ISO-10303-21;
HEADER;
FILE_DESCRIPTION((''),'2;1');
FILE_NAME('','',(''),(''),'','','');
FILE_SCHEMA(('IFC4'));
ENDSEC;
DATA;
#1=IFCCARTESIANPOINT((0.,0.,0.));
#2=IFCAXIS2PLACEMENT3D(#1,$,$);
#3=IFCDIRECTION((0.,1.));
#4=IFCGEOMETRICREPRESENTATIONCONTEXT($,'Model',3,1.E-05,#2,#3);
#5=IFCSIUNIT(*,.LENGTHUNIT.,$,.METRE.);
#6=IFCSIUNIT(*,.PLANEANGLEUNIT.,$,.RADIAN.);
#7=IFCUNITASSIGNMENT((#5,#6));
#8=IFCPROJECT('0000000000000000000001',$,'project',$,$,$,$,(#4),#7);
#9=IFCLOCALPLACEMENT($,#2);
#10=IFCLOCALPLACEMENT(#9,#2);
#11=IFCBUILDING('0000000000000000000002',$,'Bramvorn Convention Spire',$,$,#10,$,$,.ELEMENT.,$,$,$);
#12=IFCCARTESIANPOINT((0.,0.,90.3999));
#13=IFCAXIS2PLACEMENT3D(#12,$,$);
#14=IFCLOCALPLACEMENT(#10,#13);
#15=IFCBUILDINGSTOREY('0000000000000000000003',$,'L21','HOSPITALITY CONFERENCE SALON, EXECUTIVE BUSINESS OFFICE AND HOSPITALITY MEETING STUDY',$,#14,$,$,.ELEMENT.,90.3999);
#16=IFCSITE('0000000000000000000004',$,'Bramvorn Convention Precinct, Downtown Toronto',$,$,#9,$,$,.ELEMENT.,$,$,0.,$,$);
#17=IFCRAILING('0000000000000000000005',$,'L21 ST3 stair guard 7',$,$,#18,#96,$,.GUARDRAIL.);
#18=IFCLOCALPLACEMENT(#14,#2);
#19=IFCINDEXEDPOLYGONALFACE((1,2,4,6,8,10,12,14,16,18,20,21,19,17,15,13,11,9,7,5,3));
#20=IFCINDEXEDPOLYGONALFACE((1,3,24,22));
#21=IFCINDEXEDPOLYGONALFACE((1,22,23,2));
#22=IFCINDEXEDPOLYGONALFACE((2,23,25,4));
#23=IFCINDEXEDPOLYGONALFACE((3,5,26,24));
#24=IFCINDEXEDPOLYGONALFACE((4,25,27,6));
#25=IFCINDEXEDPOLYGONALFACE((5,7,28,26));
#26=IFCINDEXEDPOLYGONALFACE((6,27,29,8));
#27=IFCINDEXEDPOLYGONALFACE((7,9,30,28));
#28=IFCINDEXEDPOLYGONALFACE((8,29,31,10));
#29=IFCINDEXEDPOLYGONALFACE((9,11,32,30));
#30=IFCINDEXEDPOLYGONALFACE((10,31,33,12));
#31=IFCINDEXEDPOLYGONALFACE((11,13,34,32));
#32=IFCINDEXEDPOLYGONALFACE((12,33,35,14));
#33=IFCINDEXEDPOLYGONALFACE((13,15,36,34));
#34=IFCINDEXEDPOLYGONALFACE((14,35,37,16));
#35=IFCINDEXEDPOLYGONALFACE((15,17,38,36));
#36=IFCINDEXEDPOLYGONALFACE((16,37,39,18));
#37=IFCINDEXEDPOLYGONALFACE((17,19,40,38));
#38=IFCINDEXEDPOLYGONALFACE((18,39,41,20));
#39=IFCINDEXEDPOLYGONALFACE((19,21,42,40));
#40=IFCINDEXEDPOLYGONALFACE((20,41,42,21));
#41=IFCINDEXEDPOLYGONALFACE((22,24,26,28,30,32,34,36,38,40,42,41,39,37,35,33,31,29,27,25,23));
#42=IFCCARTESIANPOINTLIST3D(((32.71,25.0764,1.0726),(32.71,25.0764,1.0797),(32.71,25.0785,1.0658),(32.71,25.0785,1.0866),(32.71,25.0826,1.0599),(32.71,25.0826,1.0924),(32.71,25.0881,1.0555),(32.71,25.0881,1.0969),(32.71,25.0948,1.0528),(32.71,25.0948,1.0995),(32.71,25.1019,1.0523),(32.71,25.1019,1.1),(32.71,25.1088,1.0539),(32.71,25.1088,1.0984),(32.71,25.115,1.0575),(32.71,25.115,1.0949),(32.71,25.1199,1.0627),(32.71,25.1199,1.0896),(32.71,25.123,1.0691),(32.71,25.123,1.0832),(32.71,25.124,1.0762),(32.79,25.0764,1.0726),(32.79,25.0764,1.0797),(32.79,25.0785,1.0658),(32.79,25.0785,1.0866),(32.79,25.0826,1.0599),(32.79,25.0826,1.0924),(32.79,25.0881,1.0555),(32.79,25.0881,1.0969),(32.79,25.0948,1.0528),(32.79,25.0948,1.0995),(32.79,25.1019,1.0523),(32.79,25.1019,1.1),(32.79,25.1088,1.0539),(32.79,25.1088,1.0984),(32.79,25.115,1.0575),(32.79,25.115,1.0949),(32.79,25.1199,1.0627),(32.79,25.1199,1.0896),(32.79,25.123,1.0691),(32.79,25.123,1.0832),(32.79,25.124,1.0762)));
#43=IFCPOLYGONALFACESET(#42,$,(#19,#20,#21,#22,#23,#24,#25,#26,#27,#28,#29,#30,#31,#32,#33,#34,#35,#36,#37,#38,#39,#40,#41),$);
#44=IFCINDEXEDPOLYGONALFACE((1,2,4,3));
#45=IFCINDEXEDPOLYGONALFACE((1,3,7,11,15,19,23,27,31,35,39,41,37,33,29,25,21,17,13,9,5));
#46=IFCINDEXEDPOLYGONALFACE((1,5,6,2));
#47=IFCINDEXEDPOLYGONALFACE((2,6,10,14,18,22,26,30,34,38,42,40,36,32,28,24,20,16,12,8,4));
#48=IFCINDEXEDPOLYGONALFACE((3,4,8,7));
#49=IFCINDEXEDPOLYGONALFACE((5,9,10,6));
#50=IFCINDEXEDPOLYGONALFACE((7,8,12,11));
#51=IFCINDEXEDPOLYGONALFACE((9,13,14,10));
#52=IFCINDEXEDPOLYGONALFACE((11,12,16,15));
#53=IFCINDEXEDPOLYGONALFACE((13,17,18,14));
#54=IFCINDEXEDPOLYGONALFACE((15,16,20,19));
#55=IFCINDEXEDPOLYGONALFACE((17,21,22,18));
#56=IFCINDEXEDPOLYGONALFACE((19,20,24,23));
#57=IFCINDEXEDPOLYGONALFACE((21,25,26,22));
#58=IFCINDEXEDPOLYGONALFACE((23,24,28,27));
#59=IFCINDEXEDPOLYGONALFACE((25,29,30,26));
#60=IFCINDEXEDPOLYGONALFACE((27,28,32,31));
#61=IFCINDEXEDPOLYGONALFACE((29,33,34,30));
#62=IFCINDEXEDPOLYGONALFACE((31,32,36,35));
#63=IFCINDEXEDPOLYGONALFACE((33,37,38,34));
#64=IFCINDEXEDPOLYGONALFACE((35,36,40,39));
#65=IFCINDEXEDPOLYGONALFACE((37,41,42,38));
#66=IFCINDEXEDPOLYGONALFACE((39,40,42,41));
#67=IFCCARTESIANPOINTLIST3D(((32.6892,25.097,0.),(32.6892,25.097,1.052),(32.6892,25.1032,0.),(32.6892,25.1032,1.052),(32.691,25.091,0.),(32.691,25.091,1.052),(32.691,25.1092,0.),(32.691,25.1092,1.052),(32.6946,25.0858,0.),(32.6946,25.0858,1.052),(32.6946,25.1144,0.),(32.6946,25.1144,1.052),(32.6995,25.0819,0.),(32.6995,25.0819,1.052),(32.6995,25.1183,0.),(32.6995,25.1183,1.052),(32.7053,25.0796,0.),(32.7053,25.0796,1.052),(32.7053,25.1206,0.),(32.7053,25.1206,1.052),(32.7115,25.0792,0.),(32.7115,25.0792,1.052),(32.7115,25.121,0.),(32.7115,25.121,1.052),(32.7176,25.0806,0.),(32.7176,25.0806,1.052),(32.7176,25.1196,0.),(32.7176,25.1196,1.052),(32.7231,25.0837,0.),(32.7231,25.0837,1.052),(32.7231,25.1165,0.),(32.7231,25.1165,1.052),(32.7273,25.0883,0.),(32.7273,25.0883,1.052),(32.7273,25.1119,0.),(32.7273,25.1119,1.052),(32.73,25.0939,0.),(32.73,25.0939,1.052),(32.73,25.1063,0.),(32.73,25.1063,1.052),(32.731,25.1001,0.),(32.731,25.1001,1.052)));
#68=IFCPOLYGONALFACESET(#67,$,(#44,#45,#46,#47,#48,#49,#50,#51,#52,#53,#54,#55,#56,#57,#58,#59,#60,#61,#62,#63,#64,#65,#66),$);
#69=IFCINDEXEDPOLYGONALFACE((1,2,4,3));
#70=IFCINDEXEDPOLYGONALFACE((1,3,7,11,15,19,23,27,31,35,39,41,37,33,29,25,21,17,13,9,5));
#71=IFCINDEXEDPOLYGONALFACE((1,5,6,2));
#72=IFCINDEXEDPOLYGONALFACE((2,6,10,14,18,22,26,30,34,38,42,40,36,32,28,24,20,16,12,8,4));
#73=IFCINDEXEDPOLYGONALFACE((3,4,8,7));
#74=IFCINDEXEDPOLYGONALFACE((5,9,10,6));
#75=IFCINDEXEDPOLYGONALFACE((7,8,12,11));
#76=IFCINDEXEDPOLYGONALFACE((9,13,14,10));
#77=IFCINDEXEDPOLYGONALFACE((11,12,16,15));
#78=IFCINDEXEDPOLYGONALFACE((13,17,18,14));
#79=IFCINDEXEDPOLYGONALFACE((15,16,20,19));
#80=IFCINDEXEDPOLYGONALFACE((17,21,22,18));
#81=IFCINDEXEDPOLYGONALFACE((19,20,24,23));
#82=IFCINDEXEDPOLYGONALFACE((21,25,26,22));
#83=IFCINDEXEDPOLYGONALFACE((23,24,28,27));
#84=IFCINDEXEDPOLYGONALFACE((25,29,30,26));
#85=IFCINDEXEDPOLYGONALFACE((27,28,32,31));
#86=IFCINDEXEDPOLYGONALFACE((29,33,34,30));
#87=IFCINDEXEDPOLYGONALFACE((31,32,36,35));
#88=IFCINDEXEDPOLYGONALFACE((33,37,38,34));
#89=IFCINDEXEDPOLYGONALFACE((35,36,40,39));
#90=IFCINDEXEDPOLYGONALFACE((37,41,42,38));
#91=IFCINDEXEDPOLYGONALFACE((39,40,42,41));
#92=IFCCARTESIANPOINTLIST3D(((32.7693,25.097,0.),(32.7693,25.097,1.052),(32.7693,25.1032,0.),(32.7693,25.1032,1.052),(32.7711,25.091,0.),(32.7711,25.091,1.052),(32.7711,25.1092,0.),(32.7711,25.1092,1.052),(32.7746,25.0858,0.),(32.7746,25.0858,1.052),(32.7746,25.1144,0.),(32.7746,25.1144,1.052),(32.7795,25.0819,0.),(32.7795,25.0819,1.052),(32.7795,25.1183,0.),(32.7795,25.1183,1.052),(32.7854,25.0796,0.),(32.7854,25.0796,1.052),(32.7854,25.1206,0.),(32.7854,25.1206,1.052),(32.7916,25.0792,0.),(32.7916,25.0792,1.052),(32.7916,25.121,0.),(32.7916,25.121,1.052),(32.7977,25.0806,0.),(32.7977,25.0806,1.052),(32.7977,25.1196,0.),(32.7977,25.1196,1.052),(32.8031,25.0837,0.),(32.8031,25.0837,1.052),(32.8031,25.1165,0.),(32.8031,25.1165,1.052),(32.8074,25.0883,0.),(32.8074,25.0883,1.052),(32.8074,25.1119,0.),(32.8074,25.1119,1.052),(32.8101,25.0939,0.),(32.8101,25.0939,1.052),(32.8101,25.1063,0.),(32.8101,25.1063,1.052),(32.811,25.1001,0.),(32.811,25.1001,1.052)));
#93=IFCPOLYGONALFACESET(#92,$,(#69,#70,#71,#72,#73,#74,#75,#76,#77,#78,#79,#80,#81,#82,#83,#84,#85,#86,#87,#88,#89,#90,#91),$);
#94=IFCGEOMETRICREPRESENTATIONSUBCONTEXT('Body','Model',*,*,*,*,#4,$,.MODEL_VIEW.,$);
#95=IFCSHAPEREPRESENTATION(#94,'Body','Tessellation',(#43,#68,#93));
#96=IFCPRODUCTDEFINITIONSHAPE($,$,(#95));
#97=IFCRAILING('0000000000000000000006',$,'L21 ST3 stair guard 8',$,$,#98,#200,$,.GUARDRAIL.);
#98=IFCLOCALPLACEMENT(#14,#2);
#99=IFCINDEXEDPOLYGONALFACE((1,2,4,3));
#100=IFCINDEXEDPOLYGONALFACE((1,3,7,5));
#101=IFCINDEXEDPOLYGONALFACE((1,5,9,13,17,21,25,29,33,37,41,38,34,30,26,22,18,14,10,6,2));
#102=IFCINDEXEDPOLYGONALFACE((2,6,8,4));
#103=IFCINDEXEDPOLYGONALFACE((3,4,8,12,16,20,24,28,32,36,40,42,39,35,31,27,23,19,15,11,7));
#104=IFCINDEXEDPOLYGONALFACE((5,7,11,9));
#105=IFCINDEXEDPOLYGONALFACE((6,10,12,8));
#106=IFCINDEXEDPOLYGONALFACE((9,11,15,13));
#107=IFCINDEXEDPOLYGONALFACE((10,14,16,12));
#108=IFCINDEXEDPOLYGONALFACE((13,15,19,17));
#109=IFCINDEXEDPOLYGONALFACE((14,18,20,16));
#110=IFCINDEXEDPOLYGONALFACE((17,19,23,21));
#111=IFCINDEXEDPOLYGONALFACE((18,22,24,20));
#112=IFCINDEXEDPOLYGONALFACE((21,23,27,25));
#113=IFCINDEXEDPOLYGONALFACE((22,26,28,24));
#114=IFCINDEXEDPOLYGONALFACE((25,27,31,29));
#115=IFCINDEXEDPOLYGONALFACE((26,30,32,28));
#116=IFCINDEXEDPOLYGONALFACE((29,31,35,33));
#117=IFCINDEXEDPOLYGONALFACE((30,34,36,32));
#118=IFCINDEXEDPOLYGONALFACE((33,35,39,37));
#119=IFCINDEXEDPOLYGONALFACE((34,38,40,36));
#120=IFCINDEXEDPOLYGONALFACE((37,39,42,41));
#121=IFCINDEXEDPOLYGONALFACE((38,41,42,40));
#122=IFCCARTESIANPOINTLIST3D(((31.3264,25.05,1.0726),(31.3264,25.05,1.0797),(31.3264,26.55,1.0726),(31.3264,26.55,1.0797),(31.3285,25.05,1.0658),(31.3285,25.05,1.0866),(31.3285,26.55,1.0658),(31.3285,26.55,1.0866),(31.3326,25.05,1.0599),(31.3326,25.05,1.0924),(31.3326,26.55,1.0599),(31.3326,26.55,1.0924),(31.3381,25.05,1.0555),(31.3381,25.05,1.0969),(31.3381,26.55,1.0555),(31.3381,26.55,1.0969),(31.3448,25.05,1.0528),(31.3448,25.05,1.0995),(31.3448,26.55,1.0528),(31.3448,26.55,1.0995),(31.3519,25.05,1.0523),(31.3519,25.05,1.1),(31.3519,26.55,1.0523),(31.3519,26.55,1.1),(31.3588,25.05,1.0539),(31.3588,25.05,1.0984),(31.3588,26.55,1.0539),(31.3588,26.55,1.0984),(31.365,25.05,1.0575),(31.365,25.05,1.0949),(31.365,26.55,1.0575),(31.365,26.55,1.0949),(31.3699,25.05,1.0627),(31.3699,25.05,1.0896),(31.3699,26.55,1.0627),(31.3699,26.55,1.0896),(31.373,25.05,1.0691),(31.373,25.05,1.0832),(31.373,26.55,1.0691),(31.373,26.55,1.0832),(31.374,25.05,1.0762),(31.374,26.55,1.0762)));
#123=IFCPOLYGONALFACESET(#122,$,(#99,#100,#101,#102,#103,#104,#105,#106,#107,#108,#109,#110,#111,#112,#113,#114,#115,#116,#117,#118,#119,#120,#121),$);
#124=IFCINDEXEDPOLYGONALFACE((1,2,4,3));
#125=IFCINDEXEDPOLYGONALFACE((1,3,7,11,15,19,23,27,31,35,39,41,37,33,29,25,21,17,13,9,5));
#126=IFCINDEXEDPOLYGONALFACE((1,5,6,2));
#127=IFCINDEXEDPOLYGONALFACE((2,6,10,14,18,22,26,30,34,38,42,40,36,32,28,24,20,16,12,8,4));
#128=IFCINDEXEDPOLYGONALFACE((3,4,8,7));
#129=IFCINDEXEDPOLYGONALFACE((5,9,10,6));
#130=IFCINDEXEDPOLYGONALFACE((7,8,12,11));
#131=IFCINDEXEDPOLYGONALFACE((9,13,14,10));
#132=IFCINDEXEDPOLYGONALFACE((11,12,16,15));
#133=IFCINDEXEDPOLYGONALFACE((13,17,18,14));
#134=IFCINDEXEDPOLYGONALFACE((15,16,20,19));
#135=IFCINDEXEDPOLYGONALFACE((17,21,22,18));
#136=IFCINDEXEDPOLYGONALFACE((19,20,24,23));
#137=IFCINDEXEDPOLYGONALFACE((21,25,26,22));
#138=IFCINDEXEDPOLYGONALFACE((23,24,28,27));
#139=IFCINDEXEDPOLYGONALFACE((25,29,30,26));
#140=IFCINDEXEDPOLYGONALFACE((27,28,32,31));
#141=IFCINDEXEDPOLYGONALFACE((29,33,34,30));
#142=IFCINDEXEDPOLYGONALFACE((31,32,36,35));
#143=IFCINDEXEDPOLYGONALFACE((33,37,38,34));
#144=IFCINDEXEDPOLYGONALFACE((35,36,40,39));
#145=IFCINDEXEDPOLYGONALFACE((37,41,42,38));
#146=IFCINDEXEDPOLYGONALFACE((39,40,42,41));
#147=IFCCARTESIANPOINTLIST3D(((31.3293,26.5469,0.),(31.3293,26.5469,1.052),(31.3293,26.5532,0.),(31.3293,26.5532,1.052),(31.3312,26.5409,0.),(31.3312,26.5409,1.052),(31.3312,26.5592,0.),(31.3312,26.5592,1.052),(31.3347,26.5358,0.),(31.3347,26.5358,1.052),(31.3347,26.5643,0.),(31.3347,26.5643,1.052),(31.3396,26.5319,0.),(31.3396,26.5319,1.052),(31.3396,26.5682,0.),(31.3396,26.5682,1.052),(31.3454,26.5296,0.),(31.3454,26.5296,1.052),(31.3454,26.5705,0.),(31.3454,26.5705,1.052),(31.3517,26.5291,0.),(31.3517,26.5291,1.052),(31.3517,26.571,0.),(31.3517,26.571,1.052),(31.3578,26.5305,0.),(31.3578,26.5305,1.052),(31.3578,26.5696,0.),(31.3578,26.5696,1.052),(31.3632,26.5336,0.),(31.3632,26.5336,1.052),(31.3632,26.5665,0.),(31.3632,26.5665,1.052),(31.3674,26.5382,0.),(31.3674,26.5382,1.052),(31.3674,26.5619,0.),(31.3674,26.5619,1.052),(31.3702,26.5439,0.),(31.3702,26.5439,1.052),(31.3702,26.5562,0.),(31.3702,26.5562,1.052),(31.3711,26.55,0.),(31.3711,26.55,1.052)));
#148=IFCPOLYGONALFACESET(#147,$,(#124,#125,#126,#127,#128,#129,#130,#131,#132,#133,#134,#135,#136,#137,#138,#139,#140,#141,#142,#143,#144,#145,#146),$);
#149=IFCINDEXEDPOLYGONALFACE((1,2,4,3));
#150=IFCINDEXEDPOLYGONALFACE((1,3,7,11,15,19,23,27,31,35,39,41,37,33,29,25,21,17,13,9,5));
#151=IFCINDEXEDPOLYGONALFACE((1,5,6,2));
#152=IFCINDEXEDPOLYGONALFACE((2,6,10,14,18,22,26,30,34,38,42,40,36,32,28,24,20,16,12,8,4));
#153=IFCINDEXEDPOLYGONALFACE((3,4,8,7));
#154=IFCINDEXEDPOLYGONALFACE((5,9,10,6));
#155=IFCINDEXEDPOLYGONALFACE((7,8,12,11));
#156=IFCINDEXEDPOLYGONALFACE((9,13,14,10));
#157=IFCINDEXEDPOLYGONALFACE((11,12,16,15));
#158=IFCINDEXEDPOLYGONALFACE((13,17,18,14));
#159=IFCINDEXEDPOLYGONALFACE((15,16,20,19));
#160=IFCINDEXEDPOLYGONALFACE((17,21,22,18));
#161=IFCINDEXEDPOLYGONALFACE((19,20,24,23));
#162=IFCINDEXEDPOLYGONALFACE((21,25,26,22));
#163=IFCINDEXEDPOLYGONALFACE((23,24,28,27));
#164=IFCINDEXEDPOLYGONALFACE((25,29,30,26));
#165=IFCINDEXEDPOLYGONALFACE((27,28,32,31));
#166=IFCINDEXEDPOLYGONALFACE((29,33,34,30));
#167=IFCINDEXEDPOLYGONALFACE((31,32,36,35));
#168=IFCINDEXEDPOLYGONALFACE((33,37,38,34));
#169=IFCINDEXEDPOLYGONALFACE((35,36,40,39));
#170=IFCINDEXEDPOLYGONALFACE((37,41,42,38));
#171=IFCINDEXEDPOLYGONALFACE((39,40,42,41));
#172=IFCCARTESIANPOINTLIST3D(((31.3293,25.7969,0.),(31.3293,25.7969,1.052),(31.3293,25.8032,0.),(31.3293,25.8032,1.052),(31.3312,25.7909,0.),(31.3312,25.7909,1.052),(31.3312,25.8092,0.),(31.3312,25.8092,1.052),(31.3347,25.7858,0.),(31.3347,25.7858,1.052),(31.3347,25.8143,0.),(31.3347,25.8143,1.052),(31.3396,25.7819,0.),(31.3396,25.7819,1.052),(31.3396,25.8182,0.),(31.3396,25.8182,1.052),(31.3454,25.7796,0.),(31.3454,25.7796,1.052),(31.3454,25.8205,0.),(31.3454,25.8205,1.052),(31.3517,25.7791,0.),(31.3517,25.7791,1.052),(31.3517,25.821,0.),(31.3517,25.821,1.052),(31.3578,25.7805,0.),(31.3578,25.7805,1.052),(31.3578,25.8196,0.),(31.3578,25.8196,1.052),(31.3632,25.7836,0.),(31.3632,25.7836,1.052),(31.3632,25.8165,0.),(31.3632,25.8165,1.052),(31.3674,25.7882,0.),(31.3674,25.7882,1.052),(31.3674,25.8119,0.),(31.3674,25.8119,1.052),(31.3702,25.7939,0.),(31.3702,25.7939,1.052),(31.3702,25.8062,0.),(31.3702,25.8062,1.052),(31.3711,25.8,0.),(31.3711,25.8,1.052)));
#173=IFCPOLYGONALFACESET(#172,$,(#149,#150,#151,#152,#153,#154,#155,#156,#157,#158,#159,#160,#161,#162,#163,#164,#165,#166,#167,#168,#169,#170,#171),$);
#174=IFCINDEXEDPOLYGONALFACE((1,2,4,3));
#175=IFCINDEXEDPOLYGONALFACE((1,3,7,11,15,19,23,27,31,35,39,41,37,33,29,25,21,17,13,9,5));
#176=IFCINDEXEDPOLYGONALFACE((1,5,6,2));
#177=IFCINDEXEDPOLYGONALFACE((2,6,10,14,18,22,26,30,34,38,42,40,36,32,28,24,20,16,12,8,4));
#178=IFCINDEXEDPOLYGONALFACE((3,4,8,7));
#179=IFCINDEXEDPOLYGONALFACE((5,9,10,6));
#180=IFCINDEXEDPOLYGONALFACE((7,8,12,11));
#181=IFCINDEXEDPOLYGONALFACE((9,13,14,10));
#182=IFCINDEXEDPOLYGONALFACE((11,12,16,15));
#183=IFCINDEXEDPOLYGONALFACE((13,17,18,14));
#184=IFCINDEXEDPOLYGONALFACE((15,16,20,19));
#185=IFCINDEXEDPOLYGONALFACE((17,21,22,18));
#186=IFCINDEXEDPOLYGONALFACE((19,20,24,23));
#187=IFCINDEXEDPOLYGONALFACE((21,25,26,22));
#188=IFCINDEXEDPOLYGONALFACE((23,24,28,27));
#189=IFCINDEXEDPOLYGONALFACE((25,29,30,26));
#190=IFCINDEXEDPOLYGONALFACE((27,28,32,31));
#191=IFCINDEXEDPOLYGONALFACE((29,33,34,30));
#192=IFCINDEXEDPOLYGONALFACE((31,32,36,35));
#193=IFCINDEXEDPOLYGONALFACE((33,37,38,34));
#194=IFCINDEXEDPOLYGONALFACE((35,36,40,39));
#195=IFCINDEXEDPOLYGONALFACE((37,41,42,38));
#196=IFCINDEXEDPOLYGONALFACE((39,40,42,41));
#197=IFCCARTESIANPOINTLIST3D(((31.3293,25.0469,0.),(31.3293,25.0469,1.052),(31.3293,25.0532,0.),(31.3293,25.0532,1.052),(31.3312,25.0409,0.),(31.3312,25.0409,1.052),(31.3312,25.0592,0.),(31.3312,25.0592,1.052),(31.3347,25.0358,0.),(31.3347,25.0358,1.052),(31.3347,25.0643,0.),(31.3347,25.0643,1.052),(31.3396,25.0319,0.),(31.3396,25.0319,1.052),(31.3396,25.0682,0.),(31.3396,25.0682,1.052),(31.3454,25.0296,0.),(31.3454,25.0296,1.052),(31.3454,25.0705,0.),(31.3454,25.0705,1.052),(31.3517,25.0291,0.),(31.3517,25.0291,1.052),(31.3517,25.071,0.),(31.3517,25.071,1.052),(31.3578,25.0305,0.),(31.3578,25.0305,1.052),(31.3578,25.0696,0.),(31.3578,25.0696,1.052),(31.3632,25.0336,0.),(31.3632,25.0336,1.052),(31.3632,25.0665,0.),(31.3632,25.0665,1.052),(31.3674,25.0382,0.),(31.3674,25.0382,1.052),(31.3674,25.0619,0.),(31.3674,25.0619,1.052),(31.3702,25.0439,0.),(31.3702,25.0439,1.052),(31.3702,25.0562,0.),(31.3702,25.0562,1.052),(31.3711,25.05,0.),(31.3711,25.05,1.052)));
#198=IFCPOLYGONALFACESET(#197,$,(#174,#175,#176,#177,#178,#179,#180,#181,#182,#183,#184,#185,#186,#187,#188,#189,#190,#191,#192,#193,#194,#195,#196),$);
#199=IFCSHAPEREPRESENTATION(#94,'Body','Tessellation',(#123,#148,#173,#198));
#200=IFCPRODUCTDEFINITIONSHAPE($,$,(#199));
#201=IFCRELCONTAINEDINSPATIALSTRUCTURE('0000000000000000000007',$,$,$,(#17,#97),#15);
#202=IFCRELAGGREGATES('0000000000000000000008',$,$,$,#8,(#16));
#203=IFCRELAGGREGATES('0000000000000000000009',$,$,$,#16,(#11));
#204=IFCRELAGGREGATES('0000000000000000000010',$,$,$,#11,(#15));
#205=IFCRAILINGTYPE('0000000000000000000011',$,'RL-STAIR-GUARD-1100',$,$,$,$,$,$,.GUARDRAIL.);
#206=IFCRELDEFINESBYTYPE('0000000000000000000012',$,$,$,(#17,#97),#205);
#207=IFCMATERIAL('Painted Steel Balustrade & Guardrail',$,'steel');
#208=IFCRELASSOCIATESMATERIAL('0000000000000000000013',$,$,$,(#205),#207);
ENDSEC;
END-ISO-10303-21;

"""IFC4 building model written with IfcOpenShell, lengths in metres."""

from ifc_helpers import new_model, si_unit, direction, frame, origin, origin_2d, place, context, subcontext, project, spatial, circle, extrude, material, type_object, element, save


model = new_model("IFC4")

# Units and contexts
model_context = context("Model", 3, precision=1e-05, world=origin(), true_north=direction((0.0, 1.0)))
body_context = subcontext(model_context, "Body", "Model", "MODEL_VIEW")
ifc_project = project(units=[si_unit("LENGTHUNIT", "METRE"), si_unit("PLANEANGLEUNIT", "RADIAN")], contexts=[model_context])

# Site, building, storey
site_placement = place(None, origin())
site = spatial("IfcSite", under=ifc_project, at=site_placement, Name="Bramvorn Convention Precinct, Downtown Toronto", CompositionType="ELEMENT", RefElevation=0.0)
building_placement = place(site_placement, origin())
building = spatial("IfcBuilding", under=site, at=building_placement, Name="Bramvorn Convention Spire", CompositionType="ELEMENT")
storey_placement = place(building_placement, frame((0.0, 0.0, 90.3999)))
storey = spatial("IfcBuildingStorey", under=building, at=storey_placement, Name="L21", Description="HOSPITALITY CONFERENCE SALON, EXECUTIVE BUSINESS OFFICE AND HOSPITALITY MEETING STUDY", CompositionType="ELEMENT", Elevation=90.3999)

# Railings
ifc_material_1 = material(Name="Painted Steel Balustrade & Guardrail", Category="steel")
railing_type_1 = type_object("IfcRailingType", Name="RL-STAIR-GUARD-1100", PredefinedType="GUARDRAIL", material=ifc_material_1)
railing_1_placement = place(storey_placement, frame((32.71, 25.1001, 0.0)))
element("IfcRailing", 1, at=railing_1_placement, inside=storey, type_object=railing_type_1, Name="L21 ST3 stair guard 7", PredefinedType="GUARDRAIL", context=body_context, shape_type="SweptSolid", body=[
    extrude(circle(Radius=0.0239, at=origin_2d()), frame((0.0, 0.0, 1.0762), z_axis=(1.0, 0.0, 0.0), x_axis=(0.0, 1.0, 0.0)), (0.0, 0.0, 1.0), 0.0801),
    extrude(circle(Radius=0.021, at=origin_2d()), origin(), (0.0, 0.0, 1.0), 1.052),
    extrude(circle(Radius=0.021, at=origin_2d()), frame((0.0801, 0.0, 0.0)), (0.0, 0.0, 1.0), 1.052),
])
for number, where, name in (
    (2, (31.3501, 26.55, 0.0), "L21 ST3 stair guard 8"),
):
    element("IfcRailing", number, at=place(storey_placement, frame(where)), inside=storey, type_object=railing_type_1, Name=name, PredefinedType="GUARDRAIL", context=body_context, shape_type="SweptSolid", body=[
        extrude(circle(Radius=0.0239, at=origin_2d()), frame((0.0, 0.0, 1.0762), z_axis=(0.0, -1.0, 0.0), x_axis=(1.0, 0.0, 0.0)), (0.0, 0.0, 1.0), 1.5),
        extrude(circle(Radius=0.021, at=origin_2d()), origin(), (0.0, 0.0, 1.0), 1.052),
        extrude(circle(Radius=0.021, at=origin_2d()), frame((0.0, -0.75, 0.0)), (0.0, 0.0, 1.0), 1.052),
        extrude(circle(Radius=0.021, at=origin_2d()), frame((0.0, -1.5, 0.0)), (0.0, 0.0, 1.0), 1.052),
    ])

save(model, "model.ifc")
